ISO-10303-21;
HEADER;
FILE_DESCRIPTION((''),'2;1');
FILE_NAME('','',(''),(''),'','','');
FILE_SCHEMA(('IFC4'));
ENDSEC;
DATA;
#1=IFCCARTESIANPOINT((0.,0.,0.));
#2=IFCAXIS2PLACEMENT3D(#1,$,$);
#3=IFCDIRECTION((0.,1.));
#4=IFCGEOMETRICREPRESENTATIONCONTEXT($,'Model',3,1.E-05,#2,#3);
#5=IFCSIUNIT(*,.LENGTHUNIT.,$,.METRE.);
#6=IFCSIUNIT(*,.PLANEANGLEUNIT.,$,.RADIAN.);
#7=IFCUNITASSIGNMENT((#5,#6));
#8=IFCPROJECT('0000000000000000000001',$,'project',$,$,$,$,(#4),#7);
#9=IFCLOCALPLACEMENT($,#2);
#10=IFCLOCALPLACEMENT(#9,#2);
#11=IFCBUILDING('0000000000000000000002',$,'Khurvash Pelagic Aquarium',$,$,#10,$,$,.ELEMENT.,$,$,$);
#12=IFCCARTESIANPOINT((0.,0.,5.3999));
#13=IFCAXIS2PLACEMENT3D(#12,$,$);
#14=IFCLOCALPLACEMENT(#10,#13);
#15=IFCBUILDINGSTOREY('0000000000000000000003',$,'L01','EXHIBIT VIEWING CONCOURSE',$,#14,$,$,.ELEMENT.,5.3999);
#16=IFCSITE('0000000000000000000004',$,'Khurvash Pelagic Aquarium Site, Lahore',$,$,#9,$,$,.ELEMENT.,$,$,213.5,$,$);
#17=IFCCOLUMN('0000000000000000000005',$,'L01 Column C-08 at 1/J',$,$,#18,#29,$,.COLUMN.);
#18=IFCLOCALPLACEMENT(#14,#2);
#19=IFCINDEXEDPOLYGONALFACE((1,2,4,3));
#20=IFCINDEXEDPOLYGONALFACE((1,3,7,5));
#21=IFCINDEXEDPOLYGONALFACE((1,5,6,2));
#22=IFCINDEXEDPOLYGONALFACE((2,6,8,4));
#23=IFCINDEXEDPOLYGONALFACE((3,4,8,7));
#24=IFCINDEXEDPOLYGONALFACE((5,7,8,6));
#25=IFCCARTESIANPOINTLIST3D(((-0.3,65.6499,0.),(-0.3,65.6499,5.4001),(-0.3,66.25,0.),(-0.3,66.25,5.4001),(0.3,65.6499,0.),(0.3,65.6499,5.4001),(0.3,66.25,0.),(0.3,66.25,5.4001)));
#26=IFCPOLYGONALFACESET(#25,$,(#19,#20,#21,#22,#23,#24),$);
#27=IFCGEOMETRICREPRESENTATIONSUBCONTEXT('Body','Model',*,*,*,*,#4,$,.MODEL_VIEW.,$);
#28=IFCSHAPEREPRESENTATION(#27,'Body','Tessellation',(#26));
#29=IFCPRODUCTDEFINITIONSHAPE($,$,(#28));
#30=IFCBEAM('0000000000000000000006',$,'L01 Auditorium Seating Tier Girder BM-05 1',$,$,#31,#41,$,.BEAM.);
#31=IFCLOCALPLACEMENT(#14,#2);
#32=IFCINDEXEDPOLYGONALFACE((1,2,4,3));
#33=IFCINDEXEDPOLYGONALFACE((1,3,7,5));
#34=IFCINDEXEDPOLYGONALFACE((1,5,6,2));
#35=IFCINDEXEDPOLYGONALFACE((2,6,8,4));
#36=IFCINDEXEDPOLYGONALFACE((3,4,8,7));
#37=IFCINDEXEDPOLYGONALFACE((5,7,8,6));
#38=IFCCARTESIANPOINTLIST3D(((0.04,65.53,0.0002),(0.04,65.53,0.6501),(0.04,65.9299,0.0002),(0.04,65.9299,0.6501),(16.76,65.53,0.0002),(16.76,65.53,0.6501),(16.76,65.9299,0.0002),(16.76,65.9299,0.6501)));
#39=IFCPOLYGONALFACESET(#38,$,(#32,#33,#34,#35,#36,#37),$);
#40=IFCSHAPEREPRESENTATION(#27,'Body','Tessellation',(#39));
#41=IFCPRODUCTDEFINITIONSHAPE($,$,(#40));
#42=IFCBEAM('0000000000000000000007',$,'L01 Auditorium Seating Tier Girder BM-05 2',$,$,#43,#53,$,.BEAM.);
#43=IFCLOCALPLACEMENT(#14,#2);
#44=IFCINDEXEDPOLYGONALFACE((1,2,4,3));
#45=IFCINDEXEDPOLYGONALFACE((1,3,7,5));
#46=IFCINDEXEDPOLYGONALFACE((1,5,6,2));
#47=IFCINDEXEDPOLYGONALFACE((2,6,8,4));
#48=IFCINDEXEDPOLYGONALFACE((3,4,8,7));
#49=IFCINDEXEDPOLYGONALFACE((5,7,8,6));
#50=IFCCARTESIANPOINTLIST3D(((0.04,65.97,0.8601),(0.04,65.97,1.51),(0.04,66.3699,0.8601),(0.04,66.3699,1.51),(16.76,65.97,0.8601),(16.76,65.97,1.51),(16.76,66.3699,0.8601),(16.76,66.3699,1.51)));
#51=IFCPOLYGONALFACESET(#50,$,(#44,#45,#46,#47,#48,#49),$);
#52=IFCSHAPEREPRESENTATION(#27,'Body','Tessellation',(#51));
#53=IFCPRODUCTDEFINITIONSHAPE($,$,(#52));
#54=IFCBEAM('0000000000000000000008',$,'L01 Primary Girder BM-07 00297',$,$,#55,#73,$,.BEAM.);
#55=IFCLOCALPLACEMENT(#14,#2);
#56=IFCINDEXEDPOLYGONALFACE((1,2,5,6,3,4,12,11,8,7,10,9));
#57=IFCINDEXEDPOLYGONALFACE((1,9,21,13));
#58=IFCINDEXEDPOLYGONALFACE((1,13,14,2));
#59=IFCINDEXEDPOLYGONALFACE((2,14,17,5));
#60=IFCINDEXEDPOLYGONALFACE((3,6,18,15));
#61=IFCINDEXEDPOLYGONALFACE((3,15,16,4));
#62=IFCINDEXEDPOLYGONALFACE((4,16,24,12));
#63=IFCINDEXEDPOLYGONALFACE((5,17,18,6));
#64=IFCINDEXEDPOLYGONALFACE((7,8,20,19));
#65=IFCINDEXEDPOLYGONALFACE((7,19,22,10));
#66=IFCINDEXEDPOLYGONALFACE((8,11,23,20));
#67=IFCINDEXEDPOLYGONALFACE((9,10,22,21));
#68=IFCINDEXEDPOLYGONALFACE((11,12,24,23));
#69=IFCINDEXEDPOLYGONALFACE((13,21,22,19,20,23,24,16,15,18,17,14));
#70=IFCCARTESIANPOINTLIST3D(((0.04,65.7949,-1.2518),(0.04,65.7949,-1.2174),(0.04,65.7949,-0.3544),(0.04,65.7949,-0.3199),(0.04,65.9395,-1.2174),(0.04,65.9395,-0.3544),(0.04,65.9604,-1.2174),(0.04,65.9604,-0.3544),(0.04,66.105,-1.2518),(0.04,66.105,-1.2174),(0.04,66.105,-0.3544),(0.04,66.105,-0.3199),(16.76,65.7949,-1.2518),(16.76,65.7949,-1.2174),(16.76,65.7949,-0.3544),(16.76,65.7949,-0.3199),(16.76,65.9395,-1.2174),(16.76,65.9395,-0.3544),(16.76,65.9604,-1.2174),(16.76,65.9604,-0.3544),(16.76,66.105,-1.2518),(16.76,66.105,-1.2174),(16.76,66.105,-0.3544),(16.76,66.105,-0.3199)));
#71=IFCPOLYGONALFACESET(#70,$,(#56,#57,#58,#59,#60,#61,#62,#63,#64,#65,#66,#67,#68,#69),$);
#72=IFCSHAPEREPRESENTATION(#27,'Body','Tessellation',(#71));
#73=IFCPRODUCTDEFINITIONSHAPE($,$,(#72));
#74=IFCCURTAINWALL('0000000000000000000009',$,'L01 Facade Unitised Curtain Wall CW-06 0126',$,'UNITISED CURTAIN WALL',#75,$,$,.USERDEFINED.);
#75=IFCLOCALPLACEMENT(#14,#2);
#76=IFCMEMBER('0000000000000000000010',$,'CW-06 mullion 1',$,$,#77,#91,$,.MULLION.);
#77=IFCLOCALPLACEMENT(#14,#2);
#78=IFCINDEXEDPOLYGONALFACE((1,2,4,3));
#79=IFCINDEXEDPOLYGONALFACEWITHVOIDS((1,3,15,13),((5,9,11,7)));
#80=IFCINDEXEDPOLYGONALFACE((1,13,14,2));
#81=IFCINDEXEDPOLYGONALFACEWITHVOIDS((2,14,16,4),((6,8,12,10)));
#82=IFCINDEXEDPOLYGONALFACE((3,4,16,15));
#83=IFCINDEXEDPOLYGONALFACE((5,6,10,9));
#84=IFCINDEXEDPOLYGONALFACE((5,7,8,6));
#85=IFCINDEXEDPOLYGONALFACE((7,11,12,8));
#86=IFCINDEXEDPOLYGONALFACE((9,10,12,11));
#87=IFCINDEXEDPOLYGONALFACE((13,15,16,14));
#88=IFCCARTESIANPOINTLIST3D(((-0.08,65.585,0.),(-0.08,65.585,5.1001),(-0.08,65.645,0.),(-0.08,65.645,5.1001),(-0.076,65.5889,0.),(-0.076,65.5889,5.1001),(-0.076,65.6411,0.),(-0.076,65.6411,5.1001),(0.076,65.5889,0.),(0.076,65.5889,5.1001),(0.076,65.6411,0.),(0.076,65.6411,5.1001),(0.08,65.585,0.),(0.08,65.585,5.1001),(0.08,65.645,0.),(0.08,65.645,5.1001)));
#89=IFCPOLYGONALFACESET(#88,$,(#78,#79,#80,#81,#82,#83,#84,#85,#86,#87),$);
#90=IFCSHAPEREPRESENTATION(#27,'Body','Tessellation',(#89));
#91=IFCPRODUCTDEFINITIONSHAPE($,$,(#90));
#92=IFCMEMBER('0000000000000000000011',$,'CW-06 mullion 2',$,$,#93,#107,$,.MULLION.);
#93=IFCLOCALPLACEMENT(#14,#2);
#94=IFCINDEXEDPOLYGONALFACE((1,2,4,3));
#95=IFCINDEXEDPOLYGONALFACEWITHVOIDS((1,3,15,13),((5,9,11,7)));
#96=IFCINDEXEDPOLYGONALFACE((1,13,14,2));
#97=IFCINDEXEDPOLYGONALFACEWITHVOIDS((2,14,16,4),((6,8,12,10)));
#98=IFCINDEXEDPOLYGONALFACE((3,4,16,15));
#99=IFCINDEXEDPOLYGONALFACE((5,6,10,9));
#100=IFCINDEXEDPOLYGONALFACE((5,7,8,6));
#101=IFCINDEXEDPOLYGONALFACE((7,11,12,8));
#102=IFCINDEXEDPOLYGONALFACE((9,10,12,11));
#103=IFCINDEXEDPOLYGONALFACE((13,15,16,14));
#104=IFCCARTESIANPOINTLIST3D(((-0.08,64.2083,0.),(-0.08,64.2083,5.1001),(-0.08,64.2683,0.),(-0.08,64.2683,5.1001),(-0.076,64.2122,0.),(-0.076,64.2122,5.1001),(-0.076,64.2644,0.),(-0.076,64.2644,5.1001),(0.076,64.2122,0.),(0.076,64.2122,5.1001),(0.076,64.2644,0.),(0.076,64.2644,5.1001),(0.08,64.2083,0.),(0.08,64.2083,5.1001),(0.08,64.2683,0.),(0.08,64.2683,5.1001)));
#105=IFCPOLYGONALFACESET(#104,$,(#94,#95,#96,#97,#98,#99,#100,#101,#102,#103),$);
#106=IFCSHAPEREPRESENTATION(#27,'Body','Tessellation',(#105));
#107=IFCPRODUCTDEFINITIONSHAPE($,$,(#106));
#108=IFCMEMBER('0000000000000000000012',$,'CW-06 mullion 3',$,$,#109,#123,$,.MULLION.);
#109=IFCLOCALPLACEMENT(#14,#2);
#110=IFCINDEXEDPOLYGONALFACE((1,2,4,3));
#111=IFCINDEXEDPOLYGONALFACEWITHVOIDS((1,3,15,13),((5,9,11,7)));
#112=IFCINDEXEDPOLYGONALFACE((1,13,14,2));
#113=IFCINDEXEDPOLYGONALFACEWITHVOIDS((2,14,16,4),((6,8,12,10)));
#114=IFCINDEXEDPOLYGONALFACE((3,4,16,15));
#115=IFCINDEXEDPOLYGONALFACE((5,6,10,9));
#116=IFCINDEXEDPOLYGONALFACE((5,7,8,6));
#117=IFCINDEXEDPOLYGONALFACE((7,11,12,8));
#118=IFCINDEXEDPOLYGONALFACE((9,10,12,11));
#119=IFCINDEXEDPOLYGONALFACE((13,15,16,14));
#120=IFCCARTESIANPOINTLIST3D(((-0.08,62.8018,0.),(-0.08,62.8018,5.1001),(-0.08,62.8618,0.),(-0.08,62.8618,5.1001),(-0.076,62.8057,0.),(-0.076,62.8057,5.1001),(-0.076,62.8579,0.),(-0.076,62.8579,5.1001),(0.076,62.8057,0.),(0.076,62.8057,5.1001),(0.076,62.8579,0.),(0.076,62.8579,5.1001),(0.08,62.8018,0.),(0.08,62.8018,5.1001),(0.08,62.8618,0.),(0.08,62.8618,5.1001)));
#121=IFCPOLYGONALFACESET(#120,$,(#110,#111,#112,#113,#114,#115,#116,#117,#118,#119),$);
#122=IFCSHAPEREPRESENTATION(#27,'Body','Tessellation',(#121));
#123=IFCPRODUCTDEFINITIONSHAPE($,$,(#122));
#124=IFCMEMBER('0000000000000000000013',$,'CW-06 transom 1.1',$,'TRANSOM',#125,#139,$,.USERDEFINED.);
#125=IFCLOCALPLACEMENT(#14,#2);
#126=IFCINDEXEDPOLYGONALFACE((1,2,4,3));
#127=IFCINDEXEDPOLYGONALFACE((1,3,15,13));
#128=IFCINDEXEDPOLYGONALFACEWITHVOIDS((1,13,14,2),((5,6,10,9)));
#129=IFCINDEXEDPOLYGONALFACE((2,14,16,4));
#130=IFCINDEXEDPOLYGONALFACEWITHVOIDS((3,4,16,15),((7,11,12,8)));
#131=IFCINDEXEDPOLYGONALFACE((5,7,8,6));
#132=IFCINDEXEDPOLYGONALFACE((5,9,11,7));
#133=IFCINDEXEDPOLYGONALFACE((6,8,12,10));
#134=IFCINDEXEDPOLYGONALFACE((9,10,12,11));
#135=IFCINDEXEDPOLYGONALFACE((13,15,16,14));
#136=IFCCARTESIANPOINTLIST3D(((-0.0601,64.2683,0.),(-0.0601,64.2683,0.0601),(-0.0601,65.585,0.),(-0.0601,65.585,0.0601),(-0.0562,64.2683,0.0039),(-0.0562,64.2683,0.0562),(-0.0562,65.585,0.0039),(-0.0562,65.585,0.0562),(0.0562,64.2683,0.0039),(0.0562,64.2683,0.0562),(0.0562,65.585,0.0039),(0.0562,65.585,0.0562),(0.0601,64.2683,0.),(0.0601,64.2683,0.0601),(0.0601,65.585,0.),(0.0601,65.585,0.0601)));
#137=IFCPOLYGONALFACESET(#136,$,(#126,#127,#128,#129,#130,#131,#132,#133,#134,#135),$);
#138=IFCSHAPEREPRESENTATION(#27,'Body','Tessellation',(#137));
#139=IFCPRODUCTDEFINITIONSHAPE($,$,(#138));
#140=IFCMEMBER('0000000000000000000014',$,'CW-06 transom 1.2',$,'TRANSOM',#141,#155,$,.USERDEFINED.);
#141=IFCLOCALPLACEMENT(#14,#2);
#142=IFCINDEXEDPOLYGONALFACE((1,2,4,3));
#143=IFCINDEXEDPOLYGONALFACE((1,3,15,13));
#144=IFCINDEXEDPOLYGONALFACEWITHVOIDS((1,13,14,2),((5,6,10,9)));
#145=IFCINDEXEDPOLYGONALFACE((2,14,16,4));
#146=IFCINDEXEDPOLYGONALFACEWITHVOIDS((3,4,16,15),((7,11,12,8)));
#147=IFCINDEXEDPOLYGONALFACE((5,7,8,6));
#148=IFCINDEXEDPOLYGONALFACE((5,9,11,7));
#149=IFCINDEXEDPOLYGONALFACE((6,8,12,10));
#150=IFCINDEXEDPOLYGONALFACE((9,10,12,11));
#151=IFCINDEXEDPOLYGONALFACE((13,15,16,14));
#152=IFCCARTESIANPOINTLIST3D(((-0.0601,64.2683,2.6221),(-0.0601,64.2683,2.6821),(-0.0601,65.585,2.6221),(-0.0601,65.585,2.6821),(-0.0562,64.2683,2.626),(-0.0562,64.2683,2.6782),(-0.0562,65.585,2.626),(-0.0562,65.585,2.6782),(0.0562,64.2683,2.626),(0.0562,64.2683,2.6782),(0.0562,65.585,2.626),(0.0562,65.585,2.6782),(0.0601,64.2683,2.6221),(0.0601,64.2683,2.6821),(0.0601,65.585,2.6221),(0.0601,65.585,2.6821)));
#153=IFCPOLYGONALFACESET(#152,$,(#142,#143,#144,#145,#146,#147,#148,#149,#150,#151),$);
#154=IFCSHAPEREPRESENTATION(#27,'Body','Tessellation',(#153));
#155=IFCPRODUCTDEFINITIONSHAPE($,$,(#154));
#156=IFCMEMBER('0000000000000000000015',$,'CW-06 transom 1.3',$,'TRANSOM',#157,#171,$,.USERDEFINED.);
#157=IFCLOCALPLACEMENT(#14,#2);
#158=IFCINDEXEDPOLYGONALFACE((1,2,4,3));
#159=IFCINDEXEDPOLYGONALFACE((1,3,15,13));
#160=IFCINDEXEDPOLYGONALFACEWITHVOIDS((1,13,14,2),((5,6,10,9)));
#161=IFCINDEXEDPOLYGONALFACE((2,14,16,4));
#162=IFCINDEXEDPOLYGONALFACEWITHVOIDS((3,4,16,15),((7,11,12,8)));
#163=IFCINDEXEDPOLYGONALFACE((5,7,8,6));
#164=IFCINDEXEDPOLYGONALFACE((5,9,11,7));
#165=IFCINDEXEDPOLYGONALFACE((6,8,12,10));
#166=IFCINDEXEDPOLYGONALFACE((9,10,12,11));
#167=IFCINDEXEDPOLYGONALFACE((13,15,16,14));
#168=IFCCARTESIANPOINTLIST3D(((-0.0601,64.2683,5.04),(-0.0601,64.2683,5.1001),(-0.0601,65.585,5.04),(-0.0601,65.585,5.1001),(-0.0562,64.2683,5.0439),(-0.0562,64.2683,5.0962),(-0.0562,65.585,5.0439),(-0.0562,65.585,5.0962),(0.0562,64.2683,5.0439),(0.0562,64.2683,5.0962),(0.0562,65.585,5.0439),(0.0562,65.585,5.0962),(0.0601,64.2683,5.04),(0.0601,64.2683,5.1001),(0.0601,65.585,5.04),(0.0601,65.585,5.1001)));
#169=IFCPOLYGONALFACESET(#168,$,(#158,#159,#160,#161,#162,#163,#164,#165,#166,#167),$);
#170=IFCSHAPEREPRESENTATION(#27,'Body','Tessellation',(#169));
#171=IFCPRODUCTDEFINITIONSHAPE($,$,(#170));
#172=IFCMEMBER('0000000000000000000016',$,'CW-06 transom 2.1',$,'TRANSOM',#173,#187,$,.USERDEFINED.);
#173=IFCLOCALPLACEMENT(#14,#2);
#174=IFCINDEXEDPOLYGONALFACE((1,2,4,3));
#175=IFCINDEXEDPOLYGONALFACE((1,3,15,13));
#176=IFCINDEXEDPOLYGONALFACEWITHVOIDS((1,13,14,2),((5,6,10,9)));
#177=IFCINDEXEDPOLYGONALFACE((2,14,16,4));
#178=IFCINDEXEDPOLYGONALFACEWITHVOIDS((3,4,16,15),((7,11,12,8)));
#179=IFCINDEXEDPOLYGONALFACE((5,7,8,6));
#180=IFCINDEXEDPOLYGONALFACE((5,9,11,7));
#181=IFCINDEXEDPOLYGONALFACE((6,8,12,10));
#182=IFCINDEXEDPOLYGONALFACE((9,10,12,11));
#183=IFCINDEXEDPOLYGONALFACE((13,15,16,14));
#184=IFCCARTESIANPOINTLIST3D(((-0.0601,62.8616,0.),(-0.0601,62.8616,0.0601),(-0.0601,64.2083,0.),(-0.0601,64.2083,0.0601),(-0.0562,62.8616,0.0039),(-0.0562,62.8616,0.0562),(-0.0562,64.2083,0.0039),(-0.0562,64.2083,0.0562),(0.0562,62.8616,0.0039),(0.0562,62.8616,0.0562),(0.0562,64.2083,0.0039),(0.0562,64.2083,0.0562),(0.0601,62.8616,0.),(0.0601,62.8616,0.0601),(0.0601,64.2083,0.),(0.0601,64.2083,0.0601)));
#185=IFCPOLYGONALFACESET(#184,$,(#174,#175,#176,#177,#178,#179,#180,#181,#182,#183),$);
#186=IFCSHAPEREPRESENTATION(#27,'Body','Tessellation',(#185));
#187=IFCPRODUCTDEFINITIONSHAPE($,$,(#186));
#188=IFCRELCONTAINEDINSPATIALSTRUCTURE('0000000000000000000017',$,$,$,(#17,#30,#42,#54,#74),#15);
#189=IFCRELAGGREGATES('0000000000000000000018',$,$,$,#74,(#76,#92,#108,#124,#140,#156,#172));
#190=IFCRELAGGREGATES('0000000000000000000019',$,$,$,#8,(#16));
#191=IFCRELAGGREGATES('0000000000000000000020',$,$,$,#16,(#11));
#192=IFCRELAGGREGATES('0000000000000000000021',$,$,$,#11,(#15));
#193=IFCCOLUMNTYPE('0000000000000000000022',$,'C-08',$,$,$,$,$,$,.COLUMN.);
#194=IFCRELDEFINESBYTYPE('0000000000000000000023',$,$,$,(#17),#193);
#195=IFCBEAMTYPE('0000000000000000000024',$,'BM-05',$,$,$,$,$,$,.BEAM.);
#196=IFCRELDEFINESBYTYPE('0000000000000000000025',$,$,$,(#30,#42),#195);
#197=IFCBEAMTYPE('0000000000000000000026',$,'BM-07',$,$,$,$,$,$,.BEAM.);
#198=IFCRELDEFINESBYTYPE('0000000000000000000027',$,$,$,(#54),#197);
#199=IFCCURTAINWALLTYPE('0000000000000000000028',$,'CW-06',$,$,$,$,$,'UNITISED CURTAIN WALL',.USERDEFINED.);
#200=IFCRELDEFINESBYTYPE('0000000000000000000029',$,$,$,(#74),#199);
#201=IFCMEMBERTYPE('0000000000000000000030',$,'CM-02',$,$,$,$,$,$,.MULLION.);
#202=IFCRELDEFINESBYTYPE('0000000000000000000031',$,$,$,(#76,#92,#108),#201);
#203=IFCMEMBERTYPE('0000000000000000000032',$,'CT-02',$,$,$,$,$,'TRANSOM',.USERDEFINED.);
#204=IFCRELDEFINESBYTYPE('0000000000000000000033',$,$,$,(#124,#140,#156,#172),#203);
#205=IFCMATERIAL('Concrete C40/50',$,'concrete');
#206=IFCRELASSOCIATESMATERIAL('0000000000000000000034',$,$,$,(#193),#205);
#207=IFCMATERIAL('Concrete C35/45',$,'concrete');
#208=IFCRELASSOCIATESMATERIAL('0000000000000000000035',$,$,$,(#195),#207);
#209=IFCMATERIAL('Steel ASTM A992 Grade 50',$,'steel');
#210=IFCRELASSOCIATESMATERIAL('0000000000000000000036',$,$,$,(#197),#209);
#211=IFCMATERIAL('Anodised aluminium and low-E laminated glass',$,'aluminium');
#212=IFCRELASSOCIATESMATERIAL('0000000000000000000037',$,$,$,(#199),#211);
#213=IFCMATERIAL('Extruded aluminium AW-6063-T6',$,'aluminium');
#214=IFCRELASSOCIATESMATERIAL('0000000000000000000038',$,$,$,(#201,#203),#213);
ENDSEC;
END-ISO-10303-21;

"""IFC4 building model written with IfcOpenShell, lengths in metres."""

from ifc_helpers import new_model, si_unit, direction, frame, origin, origin_2d, place, context, subcontext, project, spatial, rectangle, hollow_rectangle, i_section, extrude, material, material_profile, profile_set, type_object, element, aggregate, save


model = new_model("IFC4")

# Units and contexts
model_context = context("Model", 3, precision=1e-05, world=origin(), true_north=direction((0.0, 1.0)))
body_context = subcontext(model_context, "Body", "Model", "MODEL_VIEW")
ifc_project = project(units=[si_unit("LENGTHUNIT", "METRE"), si_unit("PLANEANGLEUNIT", "RADIAN")], contexts=[model_context])

# Site, building, storey
site_placement = place(None, origin())
site = spatial("IfcSite", under=ifc_project, at=site_placement, Name="Khurvash Pelagic Aquarium Site, Lahore", CompositionType="ELEMENT", RefElevation=213.5)
building_placement = place(site_placement, origin())
building = spatial("IfcBuilding", under=site, at=building_placement, Name="Khurvash Pelagic Aquarium", CompositionType="ELEMENT")
storey_placement = place(building_placement, frame((0.0, 0.0, 5.3999)))
storey = spatial("IfcBuildingStorey", under=building, at=storey_placement, Name="L01", Description="EXHIBIT VIEWING CONCOURSE", CompositionType="ELEMENT", Elevation=5.3999)

# Column
ifc_material_1 = material(Name="Concrete C40/50", Category="concrete")
ifc_material_profile_1 = material_profile(ifc_material_1, rectangle(XDim=0.6001, YDim=0.6001, at=origin_2d()), Name="RC600X600")
ifc_profile_set_1 = profile_set([ifc_material_profile_1], Name="Concrete C40/50")
column_type = type_object("IfcColumnType", Name="C-08", PredefinedType="COLUMN", material=ifc_profile_set_1)
column_placement = place(storey_placement, frame((0.0, 65.95, 0.0), z_axis=(0.0, 0.0, 1.0), x_axis=(1.0, 0.0, 0.0)))
element("IfcColumn", 1, at=column_placement, inside=storey, type_object=column_type, Name="L01 Column C-08 at 1/J", PredefinedType="COLUMN", context=body_context, shape_type="SweptSolid", body=[
    extrude(rectangle(XDim=0.6001, YDim=0.6001, at=origin_2d()), origin(), (0.0, 0.0, 1.0), 5.4001),
])

# Beams
ifc_material_2 = material(Name="Concrete C35/45", Category="concrete")
ifc_material_profile_2 = material_profile(ifc_material_2, rectangle(XDim=0.3999, YDim=0.6499, at=origin_2d()), Name="RC400X650")
ifc_profile_set_2 = profile_set([ifc_material_profile_2], Name="Concrete C35/45")
beam_type_1 = type_object("IfcBeamType", Name="BM-05", PredefinedType="BEAM", material=ifc_profile_set_2)
for number, where, z_axis, x_axis, name in (
    (2, (0.04, 65.73, 0.3252), (1.0, 0.0, 0.0), (0.0, 1.0, 0.0), "L01 Auditorium Seating Tier Girder BM-05 1"),
    (3, (0.04, 66.1699, 1.1851), (1.0, 0.0, 0.0), (0.0, 1.0, 0.0), "L01 Auditorium Seating Tier Girder BM-05 2"),
):
    element("IfcBeam", number, at=place(storey_placement, frame(where, z_axis=z_axis, x_axis=x_axis)), inside=storey, type_object=beam_type_1, Name=name, PredefinedType="BEAM", context=body_context, shape_type="SweptSolid", body=[
        extrude(rectangle(XDim=0.3999, YDim=0.6499, at=origin_2d()), origin(), (0.0, 0.0, 1.0), 16.72),
    ])
ifc_material_3 = material(Name="Steel ASTM A992 Grade 50", Category="steel")
ifc_material_profile_3 = material_profile(ifc_material_3, i_section(OverallWidth=0.3101, OverallDepth=0.9319, WebThickness=0.021, FlangeThickness=0.0344, at=origin_2d()), Name="W36X210")
ifc_profile_set_3 = profile_set([ifc_material_profile_3], Name="Steel ASTM A992 Grade 50")
beam_type_2 = type_object("IfcBeamType", Name="BM-07", PredefinedType="BEAM", material=ifc_profile_set_3)
beam_1_placement = place(storey_placement, frame((0.04, 65.95, -0.7859), z_axis=(1.0, 0.0, 0.0), x_axis=(0.0, 1.0, 0.0)))
element("IfcBeam", 4, at=beam_1_placement, inside=storey, type_object=beam_type_2, Name="L01 Primary Girder BM-07 00297", PredefinedType="BEAM", context=body_context, shape_type="SweptSolid", body=[
    extrude(i_section(OverallWidth=0.3101, OverallDepth=0.9319, WebThickness=0.021, FlangeThickness=0.0344, at=origin_2d()), origin(), (0.0, 0.0, 1.0), 16.72),
])

# Curtain wall, members
ifc_material_4 = material(Name="Anodised aluminium and low-E laminated glass", Category="aluminium")
curtain_wall_type = type_object("IfcCurtainWallType", Name="CW-06", ElementType="UNITISED CURTAIN WALL", PredefinedType="USERDEFINED", material=ifc_material_4)
curtain_wall_placement = place(storey_placement, origin())
curtain_wall = element("IfcCurtainWall", 5, at=curtain_wall_placement, inside=storey, type_object=curtain_wall_type, Name="L01 Facade Unitised Curtain Wall CW-06 0126", ObjectType="UNITISED CURTAIN WALL", PredefinedType="USERDEFINED")
ifc_material_5 = material(Name="Extruded aluminium AW-6063-T6", Category="aluminium")
ifc_material_profile_4 = material_profile(ifc_material_5, hollow_rectangle(XDim=0.0601, YDim=0.1599, WallThickness=0.0039, at=origin_2d()), Name="CWM60X160X4")
ifc_profile_set_4 = profile_set([ifc_material_profile_4], Name="Extruded aluminium AW-6063-T6")
member_type_1 = type_object("IfcMemberType", Name="CM-02", PredefinedType="MULLION", material=ifc_profile_set_4)
member_1_placement = place(storey_placement, frame((0.0, 65.615, 0.0), z_axis=(0.0, 0.0, 1.0), x_axis=(0.0, -1.0, 0.0)))
member_1 = element("IfcMember", 6, at=member_1_placement, type_object=member_type_1, Name="CW-06 mullion 1", PredefinedType="MULLION", context=body_context, shape_type="SweptSolid", body=[
    extrude(hollow_rectangle(XDim=0.0601, YDim=0.1599, WallThickness=0.0039, at=origin_2d()), origin(), (0.0, 0.0, 1.0), 5.1001),
])
member_2_placement = place(storey_placement, frame((0.0, 64.2383, 0.0), z_axis=(0.0, 0.0, 1.0), x_axis=(0.0, -1.0, 0.0)))
member_2 = element("IfcMember", 7, at=member_2_placement, type_object=member_type_1, Name="CW-06 mullion 2", PredefinedType="MULLION", context=body_context, shape_type="SweptSolid", body=[
    extrude(hollow_rectangle(XDim=0.0601, YDim=0.1599, WallThickness=0.0039, at=origin_2d()), origin(), (0.0, 0.0, 1.0), 5.1001),
])
member_3_placement = place(storey_placement, frame((0.0, 62.8318, 0.0), z_axis=(0.0, 0.0, 1.0), x_axis=(0.0, -1.0, 0.0)))
member_3 = element("IfcMember", 8, at=member_3_placement, type_object=member_type_1, Name="CW-06 mullion 3", PredefinedType="MULLION", context=body_context, shape_type="SweptSolid", body=[
    extrude(hollow_rectangle(XDim=0.0601, YDim=0.1599, WallThickness=0.0039, at=origin_2d()), origin(), (0.0, 0.0, 1.0), 5.1001),
])
ifc_material_profile_5 = material_profile(ifc_material_5, hollow_rectangle(XDim=0.1201, YDim=0.0601, WallThickness=0.0039, at=origin_2d()), Name="CWT120X60X4")
ifc_profile_set_5 = profile_set([ifc_material_profile_5], Name="Extruded aluminium AW-6063-T6")
member_type_2 = type_object("IfcMemberType", Name="CT-02", ElementType="TRANSOM", PredefinedType="USERDEFINED", material=ifc_profile_set_5)
member_4_placement = place(storey_placement, frame((0.0, 65.585, 0.03), z_axis=(0.0, -1.0, 0.0), x_axis=(1.0, 0.0, 0.0)))
member_4 = element("IfcMember", 9, at=member_4_placement, type_object=member_type_2, Name="CW-06 transom 1.1", ObjectType="TRANSOM", PredefinedType="USERDEFINED", context=body_context, shape_type="SweptSolid", body=[
    extrude(hollow_rectangle(XDim=0.1201, YDim=0.0601, WallThickness=0.0039, at=origin_2d()), origin(), (0.0, 0.0, 1.0), 1.3167),
])
member_5_placement = place(storey_placement, frame((0.0, 65.585, 2.6521), z_axis=(0.0, -1.0, 0.0), x_axis=(1.0, 0.0, 0.0)))
member_5 = element("IfcMember", 10, at=member_5_placement, type_object=member_type_2, Name="CW-06 transom 1.2", ObjectType="TRANSOM", PredefinedType="USERDEFINED", context=body_context, shape_type="SweptSolid", body=[
    extrude(hollow_rectangle(XDim=0.1201, YDim=0.0601, WallThickness=0.0039, at=origin_2d()), origin(), (0.0, 0.0, 1.0), 1.3167),
])
member_6_placement = place(storey_placement, frame((0.0, 65.585, 5.0701), z_axis=(0.0, -1.0, 0.0), x_axis=(1.0, 0.0, 0.0)))
member_6 = element("IfcMember", 11, at=member_6_placement, type_object=member_type_2, Name="CW-06 transom 1.3", ObjectType="TRANSOM", PredefinedType="USERDEFINED", context=body_context, shape_type="SweptSolid", body=[
    extrude(hollow_rectangle(XDim=0.1201, YDim=0.0601, WallThickness=0.0039, at=origin_2d()), origin(), (0.0, 0.0, 1.0), 1.3167),
])
member_7_placement = place(storey_placement, frame((0.0, 64.2083, 0.03), z_axis=(0.0, -1.0, 0.0), x_axis=(1.0, 0.0, 0.0)))
member_7 = element("IfcMember", 12, at=member_7_placement, type_object=member_type_2, Name="CW-06 transom 2.1", ObjectType="TRANSOM", PredefinedType="USERDEFINED", context=body_context, shape_type="SweptSolid", body=[
    extrude(hollow_rectangle(XDim=0.1201, YDim=0.0601, WallThickness=0.0039, at=origin_2d()), origin(), (0.0, 0.0, 1.0), 1.3467),
])

aggregate(curtain_wall, [member_1, member_2, member_3, member_4, member_5, member_6, member_7])

save(model, "model.ifc")
